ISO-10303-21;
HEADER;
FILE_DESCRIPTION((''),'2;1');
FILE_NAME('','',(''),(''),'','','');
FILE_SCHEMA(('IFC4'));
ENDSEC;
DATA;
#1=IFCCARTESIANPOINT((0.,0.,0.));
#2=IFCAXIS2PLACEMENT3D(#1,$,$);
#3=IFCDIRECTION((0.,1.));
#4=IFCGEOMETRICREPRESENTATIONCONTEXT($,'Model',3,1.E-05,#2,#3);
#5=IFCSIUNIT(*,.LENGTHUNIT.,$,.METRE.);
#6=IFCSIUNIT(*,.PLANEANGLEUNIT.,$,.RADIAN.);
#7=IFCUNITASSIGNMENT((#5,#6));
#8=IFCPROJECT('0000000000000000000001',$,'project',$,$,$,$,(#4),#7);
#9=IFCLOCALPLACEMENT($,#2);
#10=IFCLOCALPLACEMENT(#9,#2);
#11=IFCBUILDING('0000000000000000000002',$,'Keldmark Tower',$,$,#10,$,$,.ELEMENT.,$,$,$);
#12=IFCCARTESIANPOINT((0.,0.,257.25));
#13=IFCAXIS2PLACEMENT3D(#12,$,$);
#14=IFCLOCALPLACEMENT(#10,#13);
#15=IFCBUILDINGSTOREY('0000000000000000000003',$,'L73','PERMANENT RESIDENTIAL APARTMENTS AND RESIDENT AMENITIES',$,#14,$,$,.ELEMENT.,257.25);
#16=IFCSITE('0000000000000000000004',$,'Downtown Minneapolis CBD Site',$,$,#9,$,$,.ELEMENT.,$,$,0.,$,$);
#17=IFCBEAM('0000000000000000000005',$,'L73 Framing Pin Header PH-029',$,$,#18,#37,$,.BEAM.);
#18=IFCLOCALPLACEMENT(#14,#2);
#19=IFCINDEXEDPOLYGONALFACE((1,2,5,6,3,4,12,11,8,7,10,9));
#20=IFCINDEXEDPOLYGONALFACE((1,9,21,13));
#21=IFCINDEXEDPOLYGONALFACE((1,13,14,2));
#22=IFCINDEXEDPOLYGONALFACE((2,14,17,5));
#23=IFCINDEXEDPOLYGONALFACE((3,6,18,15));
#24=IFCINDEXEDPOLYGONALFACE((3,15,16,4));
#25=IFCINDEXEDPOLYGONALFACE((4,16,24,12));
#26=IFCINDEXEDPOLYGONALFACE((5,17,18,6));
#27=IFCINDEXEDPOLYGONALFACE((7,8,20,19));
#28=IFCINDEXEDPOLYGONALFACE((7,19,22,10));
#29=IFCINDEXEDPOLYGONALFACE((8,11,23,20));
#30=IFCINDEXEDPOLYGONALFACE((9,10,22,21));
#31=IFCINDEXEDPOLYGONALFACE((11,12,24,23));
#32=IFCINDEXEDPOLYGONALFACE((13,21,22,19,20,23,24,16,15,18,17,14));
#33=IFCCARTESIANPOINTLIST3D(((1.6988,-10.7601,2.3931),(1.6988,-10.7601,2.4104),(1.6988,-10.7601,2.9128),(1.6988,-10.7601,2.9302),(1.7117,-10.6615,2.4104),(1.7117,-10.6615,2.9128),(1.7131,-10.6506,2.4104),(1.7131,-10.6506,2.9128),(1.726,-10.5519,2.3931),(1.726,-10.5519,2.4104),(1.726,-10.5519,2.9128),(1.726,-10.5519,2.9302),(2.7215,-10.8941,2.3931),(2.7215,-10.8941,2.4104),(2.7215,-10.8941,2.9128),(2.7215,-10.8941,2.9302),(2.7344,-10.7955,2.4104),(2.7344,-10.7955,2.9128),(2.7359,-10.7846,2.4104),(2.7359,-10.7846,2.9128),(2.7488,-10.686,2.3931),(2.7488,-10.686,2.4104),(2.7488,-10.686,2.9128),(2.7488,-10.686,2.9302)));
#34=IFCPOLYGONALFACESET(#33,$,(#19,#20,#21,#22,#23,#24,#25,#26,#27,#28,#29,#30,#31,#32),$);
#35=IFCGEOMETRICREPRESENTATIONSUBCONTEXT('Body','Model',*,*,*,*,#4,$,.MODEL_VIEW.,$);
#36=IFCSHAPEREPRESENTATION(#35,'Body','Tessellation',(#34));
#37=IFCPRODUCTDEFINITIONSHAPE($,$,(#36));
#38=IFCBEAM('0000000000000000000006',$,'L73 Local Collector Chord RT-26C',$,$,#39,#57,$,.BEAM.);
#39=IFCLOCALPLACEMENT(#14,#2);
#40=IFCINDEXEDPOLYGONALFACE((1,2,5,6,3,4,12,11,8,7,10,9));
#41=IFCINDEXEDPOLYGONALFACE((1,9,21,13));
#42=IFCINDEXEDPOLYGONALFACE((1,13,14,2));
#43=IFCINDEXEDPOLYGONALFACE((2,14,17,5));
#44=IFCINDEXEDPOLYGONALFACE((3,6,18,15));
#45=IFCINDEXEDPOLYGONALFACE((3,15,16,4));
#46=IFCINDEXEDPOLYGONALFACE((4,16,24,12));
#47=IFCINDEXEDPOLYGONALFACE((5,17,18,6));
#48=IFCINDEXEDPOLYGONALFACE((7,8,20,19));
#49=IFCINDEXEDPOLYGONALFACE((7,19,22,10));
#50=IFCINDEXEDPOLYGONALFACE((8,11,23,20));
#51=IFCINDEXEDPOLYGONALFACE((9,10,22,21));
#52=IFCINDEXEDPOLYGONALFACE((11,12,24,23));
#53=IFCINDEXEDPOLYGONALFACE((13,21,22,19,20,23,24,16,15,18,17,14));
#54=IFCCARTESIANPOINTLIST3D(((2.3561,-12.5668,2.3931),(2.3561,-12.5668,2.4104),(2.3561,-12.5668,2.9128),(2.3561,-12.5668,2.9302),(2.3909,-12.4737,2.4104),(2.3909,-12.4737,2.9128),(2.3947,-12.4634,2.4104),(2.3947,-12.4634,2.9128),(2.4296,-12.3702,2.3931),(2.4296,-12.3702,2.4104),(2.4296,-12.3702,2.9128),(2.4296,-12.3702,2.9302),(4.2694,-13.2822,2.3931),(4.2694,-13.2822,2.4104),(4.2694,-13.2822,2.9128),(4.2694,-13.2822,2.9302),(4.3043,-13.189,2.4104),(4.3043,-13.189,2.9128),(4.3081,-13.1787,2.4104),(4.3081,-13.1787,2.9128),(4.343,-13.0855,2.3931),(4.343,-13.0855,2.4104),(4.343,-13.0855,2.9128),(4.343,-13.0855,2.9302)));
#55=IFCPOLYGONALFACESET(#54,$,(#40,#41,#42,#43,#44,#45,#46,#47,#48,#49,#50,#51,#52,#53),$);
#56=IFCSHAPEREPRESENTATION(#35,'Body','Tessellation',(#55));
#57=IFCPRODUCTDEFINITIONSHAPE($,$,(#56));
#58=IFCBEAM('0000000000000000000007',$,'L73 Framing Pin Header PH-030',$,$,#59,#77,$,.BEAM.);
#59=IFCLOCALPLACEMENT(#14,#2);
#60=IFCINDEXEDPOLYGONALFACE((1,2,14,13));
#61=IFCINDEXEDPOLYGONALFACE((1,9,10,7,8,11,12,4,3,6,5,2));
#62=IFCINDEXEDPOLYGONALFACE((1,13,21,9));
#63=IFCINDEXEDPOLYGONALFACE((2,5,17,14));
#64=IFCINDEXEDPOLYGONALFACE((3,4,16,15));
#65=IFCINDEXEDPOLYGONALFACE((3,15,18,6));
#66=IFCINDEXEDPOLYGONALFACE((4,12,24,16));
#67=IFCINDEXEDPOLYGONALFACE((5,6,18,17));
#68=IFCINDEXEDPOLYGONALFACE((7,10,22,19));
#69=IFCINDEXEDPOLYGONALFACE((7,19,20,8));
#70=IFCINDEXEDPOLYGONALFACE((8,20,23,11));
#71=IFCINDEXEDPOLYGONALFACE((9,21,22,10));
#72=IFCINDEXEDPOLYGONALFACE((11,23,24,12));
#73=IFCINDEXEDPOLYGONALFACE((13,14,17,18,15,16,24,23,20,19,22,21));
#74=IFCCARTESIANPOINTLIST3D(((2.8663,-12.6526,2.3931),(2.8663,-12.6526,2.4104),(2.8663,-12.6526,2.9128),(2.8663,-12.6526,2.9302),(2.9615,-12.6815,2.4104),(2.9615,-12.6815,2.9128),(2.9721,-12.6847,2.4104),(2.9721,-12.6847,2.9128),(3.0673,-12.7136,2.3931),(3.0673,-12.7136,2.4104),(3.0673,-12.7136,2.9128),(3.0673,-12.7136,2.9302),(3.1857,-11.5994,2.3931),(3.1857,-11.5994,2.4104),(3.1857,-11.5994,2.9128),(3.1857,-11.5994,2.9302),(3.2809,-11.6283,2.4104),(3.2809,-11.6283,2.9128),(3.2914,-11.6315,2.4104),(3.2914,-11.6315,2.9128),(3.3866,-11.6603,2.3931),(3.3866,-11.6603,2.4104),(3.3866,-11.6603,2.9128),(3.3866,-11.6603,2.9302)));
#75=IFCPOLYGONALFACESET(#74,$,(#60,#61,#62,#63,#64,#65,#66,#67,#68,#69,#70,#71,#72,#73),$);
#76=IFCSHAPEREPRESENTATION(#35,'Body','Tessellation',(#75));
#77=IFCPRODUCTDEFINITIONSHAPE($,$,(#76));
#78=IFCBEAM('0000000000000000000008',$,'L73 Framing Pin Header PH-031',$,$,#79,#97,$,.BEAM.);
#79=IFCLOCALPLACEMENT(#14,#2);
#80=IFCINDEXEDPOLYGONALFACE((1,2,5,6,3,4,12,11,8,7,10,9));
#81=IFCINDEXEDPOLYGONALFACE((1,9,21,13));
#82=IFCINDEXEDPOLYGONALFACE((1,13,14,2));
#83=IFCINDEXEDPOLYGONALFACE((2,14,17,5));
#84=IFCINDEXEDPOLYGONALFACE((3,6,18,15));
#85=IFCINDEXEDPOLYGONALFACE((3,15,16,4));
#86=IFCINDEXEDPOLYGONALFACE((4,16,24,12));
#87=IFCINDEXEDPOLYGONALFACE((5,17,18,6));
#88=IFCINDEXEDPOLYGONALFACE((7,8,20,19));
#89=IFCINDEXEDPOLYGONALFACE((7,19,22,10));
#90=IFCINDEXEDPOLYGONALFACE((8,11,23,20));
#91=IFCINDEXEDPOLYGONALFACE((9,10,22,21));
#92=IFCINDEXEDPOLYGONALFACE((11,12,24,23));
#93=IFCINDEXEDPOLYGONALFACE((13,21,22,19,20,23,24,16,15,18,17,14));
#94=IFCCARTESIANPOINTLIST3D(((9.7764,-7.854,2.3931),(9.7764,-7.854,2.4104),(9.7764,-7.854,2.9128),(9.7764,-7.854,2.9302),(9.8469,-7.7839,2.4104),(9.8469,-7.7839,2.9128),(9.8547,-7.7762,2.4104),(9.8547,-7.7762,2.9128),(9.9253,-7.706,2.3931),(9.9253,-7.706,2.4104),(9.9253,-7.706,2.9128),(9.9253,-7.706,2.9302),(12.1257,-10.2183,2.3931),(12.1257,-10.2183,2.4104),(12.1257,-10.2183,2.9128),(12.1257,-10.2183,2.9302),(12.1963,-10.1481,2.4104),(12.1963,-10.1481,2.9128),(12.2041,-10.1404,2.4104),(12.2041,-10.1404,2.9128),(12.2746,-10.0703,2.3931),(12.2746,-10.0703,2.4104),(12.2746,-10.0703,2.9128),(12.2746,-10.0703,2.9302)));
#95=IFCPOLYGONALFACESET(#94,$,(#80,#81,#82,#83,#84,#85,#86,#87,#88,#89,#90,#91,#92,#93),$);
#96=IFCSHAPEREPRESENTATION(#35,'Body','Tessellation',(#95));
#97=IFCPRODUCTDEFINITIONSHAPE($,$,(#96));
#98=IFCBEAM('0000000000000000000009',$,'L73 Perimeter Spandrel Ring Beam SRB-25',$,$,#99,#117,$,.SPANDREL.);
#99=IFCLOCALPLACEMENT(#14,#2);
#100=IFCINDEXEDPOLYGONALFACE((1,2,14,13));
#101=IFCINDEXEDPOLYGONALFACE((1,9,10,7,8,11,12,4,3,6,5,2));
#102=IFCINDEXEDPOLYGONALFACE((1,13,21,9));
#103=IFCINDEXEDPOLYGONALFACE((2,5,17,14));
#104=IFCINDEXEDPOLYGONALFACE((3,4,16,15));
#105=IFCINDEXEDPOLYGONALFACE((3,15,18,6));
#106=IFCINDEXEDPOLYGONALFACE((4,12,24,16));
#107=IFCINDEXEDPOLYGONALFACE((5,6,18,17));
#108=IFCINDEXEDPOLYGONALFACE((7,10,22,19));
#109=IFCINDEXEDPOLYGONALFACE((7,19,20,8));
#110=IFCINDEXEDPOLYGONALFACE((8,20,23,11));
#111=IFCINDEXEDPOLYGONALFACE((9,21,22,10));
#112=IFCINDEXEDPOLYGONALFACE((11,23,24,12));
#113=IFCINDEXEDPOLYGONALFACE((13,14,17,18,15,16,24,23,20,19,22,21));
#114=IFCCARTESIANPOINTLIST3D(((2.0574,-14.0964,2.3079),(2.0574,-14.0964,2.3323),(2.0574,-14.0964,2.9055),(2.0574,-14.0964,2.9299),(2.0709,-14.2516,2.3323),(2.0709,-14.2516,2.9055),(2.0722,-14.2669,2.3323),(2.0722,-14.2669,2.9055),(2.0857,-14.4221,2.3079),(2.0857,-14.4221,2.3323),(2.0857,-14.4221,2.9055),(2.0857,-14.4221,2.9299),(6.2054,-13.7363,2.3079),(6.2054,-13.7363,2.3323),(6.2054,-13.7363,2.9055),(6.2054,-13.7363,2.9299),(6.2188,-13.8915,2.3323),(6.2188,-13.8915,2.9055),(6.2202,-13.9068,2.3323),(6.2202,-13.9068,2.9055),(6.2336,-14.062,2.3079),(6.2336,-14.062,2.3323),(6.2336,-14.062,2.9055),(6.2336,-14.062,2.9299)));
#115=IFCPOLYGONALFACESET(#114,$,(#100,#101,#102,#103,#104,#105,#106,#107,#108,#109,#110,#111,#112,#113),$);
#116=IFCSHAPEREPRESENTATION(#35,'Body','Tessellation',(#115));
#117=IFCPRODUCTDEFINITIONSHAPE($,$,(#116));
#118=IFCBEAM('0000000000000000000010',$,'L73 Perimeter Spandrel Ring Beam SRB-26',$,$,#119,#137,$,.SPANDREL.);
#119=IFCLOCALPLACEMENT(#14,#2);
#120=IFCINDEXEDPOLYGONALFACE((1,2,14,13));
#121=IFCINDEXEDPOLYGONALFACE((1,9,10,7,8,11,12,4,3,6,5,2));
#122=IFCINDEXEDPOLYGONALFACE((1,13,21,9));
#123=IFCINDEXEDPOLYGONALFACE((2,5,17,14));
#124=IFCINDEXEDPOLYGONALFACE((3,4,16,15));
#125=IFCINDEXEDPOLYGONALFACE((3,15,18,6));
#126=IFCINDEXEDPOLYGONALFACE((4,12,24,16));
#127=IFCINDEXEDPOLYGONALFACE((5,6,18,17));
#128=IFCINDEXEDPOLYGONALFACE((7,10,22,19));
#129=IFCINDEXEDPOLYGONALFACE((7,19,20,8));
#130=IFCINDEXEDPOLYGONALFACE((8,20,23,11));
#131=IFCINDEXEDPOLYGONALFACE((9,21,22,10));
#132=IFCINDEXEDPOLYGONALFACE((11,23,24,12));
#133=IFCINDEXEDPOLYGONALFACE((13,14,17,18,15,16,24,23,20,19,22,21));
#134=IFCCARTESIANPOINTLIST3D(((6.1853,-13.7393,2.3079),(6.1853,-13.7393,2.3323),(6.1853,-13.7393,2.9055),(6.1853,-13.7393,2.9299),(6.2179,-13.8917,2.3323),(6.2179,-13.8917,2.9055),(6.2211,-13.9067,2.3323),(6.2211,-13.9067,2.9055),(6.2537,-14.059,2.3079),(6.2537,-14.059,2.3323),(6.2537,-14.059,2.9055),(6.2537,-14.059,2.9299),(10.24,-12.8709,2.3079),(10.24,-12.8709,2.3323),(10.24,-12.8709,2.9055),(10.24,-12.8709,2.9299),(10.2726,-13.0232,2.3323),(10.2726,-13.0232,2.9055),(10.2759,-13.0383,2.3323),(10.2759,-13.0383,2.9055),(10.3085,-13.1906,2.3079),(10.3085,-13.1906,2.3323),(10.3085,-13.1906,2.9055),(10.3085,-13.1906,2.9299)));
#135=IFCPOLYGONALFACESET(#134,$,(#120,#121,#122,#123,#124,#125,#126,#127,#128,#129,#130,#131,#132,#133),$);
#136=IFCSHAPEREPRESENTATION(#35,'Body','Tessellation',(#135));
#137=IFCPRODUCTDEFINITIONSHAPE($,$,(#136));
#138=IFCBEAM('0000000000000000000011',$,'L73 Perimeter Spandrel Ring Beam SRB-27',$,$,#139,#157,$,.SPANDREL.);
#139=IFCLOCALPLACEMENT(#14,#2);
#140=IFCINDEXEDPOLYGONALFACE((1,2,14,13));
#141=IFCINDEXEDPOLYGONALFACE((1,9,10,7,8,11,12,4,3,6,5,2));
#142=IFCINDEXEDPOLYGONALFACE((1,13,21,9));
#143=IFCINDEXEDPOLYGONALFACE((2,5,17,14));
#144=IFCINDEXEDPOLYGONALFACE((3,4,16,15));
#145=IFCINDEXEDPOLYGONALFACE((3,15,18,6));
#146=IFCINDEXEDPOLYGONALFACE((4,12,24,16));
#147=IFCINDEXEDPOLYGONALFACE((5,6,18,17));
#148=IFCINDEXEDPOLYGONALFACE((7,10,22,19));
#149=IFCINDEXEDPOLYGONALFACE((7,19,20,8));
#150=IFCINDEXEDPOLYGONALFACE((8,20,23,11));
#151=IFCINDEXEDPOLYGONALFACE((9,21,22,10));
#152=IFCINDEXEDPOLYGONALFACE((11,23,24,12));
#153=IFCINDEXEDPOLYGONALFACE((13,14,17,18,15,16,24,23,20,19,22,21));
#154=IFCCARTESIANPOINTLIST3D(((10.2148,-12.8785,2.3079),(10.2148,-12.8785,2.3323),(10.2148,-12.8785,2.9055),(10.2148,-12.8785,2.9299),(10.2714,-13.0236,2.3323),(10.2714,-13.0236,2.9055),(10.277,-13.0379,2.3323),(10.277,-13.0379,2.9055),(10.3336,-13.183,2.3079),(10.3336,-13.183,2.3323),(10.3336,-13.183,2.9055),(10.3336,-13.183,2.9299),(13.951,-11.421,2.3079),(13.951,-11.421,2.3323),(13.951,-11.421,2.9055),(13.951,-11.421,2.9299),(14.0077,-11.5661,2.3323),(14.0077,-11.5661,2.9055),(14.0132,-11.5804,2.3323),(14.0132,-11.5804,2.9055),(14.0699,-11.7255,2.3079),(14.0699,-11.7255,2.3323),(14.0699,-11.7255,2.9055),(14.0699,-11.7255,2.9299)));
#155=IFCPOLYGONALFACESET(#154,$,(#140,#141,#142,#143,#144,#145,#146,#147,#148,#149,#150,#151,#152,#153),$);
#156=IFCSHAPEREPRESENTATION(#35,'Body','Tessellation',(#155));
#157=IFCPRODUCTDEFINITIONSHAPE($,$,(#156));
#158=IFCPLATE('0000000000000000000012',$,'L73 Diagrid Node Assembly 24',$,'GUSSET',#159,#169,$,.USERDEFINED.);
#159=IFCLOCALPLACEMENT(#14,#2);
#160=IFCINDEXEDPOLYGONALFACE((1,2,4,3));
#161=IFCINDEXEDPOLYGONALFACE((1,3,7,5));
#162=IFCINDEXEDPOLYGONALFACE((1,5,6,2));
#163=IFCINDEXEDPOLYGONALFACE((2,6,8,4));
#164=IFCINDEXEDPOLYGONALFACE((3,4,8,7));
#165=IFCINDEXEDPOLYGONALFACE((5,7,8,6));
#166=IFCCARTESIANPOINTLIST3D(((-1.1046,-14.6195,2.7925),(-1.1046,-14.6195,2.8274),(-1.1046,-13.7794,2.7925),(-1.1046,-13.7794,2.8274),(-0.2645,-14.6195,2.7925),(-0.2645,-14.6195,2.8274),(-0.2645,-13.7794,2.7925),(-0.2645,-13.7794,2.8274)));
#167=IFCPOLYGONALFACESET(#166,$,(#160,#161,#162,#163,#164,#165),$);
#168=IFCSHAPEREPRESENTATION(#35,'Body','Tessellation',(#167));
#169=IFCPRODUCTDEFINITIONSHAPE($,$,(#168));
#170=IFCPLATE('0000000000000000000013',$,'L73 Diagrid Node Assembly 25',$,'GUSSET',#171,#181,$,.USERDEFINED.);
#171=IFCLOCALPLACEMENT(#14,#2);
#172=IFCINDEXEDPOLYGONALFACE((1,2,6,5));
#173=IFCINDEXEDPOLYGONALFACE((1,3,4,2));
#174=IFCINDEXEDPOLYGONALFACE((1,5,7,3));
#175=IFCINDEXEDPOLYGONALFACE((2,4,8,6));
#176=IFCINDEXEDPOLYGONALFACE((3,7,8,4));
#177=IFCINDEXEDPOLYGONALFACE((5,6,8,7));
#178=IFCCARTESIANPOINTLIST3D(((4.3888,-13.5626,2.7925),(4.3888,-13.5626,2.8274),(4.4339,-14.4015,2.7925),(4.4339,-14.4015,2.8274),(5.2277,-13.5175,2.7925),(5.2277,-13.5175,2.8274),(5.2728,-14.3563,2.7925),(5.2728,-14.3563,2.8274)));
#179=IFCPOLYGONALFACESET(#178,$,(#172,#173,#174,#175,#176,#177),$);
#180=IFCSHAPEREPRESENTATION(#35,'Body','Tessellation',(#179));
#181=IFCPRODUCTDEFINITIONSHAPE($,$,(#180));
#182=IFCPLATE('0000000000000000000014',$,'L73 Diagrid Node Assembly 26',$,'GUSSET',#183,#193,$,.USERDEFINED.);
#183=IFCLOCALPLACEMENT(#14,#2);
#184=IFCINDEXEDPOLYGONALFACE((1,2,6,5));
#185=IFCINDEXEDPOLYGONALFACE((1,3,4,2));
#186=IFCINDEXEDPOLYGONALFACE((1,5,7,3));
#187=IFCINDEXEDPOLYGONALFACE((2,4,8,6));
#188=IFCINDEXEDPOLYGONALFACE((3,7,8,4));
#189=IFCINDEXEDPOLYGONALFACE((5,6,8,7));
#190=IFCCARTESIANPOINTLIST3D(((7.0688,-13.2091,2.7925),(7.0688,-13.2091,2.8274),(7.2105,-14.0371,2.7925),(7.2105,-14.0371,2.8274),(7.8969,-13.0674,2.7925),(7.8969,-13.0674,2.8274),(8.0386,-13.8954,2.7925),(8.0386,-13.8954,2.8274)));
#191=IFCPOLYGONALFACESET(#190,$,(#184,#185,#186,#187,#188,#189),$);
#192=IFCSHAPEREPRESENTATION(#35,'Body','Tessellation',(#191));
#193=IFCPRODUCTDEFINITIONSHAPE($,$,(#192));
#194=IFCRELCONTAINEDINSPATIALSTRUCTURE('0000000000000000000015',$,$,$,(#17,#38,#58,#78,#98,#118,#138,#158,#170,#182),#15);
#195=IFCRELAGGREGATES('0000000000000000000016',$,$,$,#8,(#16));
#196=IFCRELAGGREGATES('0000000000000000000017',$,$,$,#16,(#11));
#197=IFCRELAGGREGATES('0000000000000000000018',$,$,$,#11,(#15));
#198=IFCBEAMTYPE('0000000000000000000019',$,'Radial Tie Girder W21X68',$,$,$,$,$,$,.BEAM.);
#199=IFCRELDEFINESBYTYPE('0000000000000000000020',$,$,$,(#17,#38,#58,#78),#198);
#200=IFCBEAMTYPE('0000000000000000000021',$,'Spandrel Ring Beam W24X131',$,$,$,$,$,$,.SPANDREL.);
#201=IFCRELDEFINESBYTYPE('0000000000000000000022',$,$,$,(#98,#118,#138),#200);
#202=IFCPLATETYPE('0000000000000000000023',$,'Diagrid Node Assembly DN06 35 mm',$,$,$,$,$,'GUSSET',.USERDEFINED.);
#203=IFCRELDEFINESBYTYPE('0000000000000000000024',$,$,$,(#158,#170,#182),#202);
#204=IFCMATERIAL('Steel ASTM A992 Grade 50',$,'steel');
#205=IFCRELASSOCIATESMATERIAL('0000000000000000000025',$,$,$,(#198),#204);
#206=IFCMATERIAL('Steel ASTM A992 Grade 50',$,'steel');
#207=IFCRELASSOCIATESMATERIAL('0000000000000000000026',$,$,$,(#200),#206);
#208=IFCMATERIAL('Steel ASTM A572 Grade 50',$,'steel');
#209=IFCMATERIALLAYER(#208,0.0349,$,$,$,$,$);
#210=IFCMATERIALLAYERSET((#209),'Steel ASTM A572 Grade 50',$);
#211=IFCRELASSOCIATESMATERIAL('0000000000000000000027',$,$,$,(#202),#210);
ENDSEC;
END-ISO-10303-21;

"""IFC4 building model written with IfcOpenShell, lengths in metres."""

from ifc_helpers import new_model, si_unit, direction, frame, origin, origin_2d, place, context, subcontext, project, spatial, rectangle, i_section, extrude, material, layer, layer_set, material_profile, profile_set, type_object, element, save


model = new_model("IFC4")

# Units and contexts
model_context = context("Model", 3, precision=1e-05, world=origin(), true_north=direction((0.0, 1.0)))
body_context = subcontext(model_context, "Body", "Model", "MODEL_VIEW")
ifc_project = project(units=[si_unit("LENGTHUNIT", "METRE"), si_unit("PLANEANGLEUNIT", "RADIAN")], contexts=[model_context])

# Site, building, storey
site_placement = place(None, origin())
site = spatial("IfcSite", under=ifc_project, at=site_placement, Name="Downtown Minneapolis CBD Site", CompositionType="ELEMENT", RefElevation=0.0)
building_placement = place(site_placement, origin())
building = spatial("IfcBuilding", under=site, at=building_placement, Name="Keldmark Tower", CompositionType="ELEMENT")
storey_placement = place(building_placement, frame((0.0, 0.0, 257.25)))
storey = spatial("IfcBuildingStorey", under=building, at=storey_placement, Name="L73", Description="PERMANENT RESIDENTIAL APARTMENTS AND RESIDENT AMENITIES", CompositionType="ELEMENT", Elevation=257.25)

# Beams
ifc_material_1 = material(Name="Steel ASTM A992 Grade 50", Category="steel")
ifc_material_profile_1 = material_profile(ifc_material_1, i_section(OverallWidth=0.21, OverallDepth=0.5371, WebThickness=0.011, FlangeThickness=0.0173, at=origin_2d()), Name="W21X68")
ifc_profile_set_1 = profile_set([ifc_material_profile_1], Name="Steel ASTM A992 Grade 50")
beam_type_1 = type_object("IfcBeamType", Name="Radial Tie Girder W21X68", PredefinedType="BEAM", material=ifc_profile_set_1)
beam_1_placement = place(storey_placement, frame((1.7124, -10.656, 2.6616), z_axis=(0.991521, -0.129946, 0.0), x_axis=(0.129946, 0.991521, 0.0)))
element("IfcBeam", 1, at=beam_1_placement, inside=storey, type_object=beam_type_1, Name="L73 Framing Pin Header PH-029", PredefinedType="BEAM", context=body_context, shape_type="SweptSolid", body=[
    extrude(i_section(OverallWidth=0.21, OverallDepth=0.5371, WebThickness=0.011, FlangeThickness=0.0173, at=origin_2d()), origin(), (0.0, 0.0, 1.0), 1.0315),
])
beam_2_placement = place(storey_placement, frame((2.3928, -12.4685, 2.6616), z_axis=(0.936677, -0.350193, 0.0), x_axis=(0.350193, 0.936677, 0.0)))
element("IfcBeam", 2, at=beam_2_placement, inside=storey, type_object=beam_type_1, Name="L73 Local Collector Chord RT-26C", PredefinedType="BEAM", context=body_context, shape_type="SweptSolid", body=[
    extrude(i_section(OverallWidth=0.21, OverallDepth=0.5371, WebThickness=0.011, FlangeThickness=0.0173, at=origin_2d()), origin(), (0.0, 0.0, 1.0), 2.0427),
])
beam_3_placement = place(storey_placement, frame((2.9668, -12.6831, 2.6616), z_axis=(0.290155, 0.95698, 0.0), x_axis=(-0.95698, 0.290155, 0.0)))
element("IfcBeam", 3, at=beam_3_placement, inside=storey, type_object=beam_type_1, Name="L73 Framing Pin Header PH-030", PredefinedType="BEAM", context=body_context, shape_type="SweptSolid", body=[
    extrude(i_section(OverallWidth=0.21, OverallDepth=0.5371, WebThickness=0.011, FlangeThickness=0.0173, at=origin_2d()), origin(), (0.0, 0.0, 1.0), 1.1006),
])
beam_4_placement = place(storey_placement, frame((9.8508, -7.78, 2.6616), z_axis=(0.704869, -0.709337, 0.0), x_axis=(0.709337, 0.704869, 0.0)))
element("IfcBeam", 4, at=beam_4_placement, inside=storey, type_object=beam_type_1, Name="L73 Framing Pin Header PH-031", PredefinedType="BEAM", context=body_context, shape_type="SweptSolid", body=[
    extrude(i_section(OverallWidth=0.21, OverallDepth=0.5371, WebThickness=0.011, FlangeThickness=0.0173, at=origin_2d()), origin(), (0.0, 0.0, 1.0), 3.333),
])
ifc_material_2 = material(Name="Steel ASTM A992 Grade 50", Category="steel")
ifc_material_profile_2 = material_profile(ifc_material_2, i_section(OverallWidth=0.3269, OverallDepth=0.6221, WebThickness=0.0154, FlangeThickness=0.0244, at=origin_2d()), Name="W24X131")
ifc_profile_set_2 = profile_set([ifc_material_profile_2], Name="Steel ASTM A992 Grade 50")
beam_type_2 = type_object("IfcBeamType", Name="Spandrel Ring Beam W24X131", PredefinedType="SPANDREL", material=ifc_profile_set_2)
beam_5_placement = place(storey_placement, frame((2.0715, -14.2593, 2.6189), z_axis=(0.996253, 0.08649, 0.0), x_axis=(-0.08649, 0.996253, 0.0)))
element("IfcBeam", 5, at=beam_5_placement, inside=storey, type_object=beam_type_2, Name="L73 Perimeter Spandrel Ring Beam SRB-25", PredefinedType="SPANDREL", context=body_context, shape_type="SweptSolid", body=[
    extrude(i_section(OverallWidth=0.3269, OverallDepth=0.6221, WebThickness=0.0154, FlangeThickness=0.0244, at=origin_2d()), origin(), (0.0, 0.0, 1.0), 4.1636),
])
beam_6_placement = place(storey_placement, frame((6.2195, -13.8992, 2.6189), z_axis=(0.977825, 0.209425, 0.0), x_axis=(-0.209425, 0.977825, 0.0)))
element("IfcBeam", 6, at=beam_6_placement, inside=storey, type_object=beam_type_2, Name="L73 Perimeter Spandrel Ring Beam SRB-26", PredefinedType="SPANDREL", context=body_context, shape_type="SweptSolid", body=[
    extrude(i_section(OverallWidth=0.3269, OverallDepth=0.6221, WebThickness=0.0154, FlangeThickness=0.0244, at=origin_2d()), origin(), (0.0, 0.0, 1.0), 4.1467),
])
beam_7_placement = place(storey_placement, frame((10.2742, -13.0308, 2.6189), z_axis=(0.931625, 0.363421, 0.0), x_axis=(-0.363421, 0.931625, 0.0)))
element("IfcBeam", 7, at=beam_7_placement, inside=storey, type_object=beam_type_2, Name="L73 Perimeter Spandrel Ring Beam SRB-27", PredefinedType="SPANDREL", context=body_context, shape_type="SweptSolid", body=[
    extrude(i_section(OverallWidth=0.3269, OverallDepth=0.6221, WebThickness=0.0154, FlangeThickness=0.0244, at=origin_2d()), origin(), (0.0, 0.0, 1.0), 4.0105),
])

# Plates
ifc_material_3 = material(Name="Steel ASTM A572 Grade 50", Category="steel")
ifc_layer_1 = layer(ifc_material_3, 0.0349)
ifc_layer_set_1 = layer_set([ifc_layer_1], Name="Steel ASTM A572 Grade 50")
plate_type = type_object("IfcPlateType", Name="Diagrid Node Assembly DN06 35 mm", ElementType="GUSSET", PredefinedType="USERDEFINED", material=ifc_layer_set_1)
for number, where, z_axis, x_axis, name in (
    (8, (-0.6846, -14.1995, 2.7925), (0.0, 0.0, 1.0), (1.0, 0.0, 0.0), "L73 Diagrid Node Assembly 24"),
    (9, (4.8308, -13.9595, 2.7925), (0.0, 0.0, 1.0), (0.998555, 0.05373, 0.0), "L73 Diagrid Node Assembly 25"),
    (10, (7.5537, -13.5522, 2.7925), (0.0, 0.0, 1.0), (0.985674, 0.168661, 0.0), "L73 Diagrid Node Assembly 26"),
):
    element("IfcPlate", number, at=place(storey_placement, frame(where, z_axis=z_axis, x_axis=x_axis)), inside=storey, type_object=plate_type, Name=name, ObjectType="GUSSET", PredefinedType="USERDEFINED", context=body_context, shape_type="SweptSolid", body=[
        extrude(rectangle(XDim=0.8401, YDim=0.8401, at=origin_2d()), origin(), (0.0, 0.0, 1.0), 0.0349),
    ])

save(model, "model.ifc")
